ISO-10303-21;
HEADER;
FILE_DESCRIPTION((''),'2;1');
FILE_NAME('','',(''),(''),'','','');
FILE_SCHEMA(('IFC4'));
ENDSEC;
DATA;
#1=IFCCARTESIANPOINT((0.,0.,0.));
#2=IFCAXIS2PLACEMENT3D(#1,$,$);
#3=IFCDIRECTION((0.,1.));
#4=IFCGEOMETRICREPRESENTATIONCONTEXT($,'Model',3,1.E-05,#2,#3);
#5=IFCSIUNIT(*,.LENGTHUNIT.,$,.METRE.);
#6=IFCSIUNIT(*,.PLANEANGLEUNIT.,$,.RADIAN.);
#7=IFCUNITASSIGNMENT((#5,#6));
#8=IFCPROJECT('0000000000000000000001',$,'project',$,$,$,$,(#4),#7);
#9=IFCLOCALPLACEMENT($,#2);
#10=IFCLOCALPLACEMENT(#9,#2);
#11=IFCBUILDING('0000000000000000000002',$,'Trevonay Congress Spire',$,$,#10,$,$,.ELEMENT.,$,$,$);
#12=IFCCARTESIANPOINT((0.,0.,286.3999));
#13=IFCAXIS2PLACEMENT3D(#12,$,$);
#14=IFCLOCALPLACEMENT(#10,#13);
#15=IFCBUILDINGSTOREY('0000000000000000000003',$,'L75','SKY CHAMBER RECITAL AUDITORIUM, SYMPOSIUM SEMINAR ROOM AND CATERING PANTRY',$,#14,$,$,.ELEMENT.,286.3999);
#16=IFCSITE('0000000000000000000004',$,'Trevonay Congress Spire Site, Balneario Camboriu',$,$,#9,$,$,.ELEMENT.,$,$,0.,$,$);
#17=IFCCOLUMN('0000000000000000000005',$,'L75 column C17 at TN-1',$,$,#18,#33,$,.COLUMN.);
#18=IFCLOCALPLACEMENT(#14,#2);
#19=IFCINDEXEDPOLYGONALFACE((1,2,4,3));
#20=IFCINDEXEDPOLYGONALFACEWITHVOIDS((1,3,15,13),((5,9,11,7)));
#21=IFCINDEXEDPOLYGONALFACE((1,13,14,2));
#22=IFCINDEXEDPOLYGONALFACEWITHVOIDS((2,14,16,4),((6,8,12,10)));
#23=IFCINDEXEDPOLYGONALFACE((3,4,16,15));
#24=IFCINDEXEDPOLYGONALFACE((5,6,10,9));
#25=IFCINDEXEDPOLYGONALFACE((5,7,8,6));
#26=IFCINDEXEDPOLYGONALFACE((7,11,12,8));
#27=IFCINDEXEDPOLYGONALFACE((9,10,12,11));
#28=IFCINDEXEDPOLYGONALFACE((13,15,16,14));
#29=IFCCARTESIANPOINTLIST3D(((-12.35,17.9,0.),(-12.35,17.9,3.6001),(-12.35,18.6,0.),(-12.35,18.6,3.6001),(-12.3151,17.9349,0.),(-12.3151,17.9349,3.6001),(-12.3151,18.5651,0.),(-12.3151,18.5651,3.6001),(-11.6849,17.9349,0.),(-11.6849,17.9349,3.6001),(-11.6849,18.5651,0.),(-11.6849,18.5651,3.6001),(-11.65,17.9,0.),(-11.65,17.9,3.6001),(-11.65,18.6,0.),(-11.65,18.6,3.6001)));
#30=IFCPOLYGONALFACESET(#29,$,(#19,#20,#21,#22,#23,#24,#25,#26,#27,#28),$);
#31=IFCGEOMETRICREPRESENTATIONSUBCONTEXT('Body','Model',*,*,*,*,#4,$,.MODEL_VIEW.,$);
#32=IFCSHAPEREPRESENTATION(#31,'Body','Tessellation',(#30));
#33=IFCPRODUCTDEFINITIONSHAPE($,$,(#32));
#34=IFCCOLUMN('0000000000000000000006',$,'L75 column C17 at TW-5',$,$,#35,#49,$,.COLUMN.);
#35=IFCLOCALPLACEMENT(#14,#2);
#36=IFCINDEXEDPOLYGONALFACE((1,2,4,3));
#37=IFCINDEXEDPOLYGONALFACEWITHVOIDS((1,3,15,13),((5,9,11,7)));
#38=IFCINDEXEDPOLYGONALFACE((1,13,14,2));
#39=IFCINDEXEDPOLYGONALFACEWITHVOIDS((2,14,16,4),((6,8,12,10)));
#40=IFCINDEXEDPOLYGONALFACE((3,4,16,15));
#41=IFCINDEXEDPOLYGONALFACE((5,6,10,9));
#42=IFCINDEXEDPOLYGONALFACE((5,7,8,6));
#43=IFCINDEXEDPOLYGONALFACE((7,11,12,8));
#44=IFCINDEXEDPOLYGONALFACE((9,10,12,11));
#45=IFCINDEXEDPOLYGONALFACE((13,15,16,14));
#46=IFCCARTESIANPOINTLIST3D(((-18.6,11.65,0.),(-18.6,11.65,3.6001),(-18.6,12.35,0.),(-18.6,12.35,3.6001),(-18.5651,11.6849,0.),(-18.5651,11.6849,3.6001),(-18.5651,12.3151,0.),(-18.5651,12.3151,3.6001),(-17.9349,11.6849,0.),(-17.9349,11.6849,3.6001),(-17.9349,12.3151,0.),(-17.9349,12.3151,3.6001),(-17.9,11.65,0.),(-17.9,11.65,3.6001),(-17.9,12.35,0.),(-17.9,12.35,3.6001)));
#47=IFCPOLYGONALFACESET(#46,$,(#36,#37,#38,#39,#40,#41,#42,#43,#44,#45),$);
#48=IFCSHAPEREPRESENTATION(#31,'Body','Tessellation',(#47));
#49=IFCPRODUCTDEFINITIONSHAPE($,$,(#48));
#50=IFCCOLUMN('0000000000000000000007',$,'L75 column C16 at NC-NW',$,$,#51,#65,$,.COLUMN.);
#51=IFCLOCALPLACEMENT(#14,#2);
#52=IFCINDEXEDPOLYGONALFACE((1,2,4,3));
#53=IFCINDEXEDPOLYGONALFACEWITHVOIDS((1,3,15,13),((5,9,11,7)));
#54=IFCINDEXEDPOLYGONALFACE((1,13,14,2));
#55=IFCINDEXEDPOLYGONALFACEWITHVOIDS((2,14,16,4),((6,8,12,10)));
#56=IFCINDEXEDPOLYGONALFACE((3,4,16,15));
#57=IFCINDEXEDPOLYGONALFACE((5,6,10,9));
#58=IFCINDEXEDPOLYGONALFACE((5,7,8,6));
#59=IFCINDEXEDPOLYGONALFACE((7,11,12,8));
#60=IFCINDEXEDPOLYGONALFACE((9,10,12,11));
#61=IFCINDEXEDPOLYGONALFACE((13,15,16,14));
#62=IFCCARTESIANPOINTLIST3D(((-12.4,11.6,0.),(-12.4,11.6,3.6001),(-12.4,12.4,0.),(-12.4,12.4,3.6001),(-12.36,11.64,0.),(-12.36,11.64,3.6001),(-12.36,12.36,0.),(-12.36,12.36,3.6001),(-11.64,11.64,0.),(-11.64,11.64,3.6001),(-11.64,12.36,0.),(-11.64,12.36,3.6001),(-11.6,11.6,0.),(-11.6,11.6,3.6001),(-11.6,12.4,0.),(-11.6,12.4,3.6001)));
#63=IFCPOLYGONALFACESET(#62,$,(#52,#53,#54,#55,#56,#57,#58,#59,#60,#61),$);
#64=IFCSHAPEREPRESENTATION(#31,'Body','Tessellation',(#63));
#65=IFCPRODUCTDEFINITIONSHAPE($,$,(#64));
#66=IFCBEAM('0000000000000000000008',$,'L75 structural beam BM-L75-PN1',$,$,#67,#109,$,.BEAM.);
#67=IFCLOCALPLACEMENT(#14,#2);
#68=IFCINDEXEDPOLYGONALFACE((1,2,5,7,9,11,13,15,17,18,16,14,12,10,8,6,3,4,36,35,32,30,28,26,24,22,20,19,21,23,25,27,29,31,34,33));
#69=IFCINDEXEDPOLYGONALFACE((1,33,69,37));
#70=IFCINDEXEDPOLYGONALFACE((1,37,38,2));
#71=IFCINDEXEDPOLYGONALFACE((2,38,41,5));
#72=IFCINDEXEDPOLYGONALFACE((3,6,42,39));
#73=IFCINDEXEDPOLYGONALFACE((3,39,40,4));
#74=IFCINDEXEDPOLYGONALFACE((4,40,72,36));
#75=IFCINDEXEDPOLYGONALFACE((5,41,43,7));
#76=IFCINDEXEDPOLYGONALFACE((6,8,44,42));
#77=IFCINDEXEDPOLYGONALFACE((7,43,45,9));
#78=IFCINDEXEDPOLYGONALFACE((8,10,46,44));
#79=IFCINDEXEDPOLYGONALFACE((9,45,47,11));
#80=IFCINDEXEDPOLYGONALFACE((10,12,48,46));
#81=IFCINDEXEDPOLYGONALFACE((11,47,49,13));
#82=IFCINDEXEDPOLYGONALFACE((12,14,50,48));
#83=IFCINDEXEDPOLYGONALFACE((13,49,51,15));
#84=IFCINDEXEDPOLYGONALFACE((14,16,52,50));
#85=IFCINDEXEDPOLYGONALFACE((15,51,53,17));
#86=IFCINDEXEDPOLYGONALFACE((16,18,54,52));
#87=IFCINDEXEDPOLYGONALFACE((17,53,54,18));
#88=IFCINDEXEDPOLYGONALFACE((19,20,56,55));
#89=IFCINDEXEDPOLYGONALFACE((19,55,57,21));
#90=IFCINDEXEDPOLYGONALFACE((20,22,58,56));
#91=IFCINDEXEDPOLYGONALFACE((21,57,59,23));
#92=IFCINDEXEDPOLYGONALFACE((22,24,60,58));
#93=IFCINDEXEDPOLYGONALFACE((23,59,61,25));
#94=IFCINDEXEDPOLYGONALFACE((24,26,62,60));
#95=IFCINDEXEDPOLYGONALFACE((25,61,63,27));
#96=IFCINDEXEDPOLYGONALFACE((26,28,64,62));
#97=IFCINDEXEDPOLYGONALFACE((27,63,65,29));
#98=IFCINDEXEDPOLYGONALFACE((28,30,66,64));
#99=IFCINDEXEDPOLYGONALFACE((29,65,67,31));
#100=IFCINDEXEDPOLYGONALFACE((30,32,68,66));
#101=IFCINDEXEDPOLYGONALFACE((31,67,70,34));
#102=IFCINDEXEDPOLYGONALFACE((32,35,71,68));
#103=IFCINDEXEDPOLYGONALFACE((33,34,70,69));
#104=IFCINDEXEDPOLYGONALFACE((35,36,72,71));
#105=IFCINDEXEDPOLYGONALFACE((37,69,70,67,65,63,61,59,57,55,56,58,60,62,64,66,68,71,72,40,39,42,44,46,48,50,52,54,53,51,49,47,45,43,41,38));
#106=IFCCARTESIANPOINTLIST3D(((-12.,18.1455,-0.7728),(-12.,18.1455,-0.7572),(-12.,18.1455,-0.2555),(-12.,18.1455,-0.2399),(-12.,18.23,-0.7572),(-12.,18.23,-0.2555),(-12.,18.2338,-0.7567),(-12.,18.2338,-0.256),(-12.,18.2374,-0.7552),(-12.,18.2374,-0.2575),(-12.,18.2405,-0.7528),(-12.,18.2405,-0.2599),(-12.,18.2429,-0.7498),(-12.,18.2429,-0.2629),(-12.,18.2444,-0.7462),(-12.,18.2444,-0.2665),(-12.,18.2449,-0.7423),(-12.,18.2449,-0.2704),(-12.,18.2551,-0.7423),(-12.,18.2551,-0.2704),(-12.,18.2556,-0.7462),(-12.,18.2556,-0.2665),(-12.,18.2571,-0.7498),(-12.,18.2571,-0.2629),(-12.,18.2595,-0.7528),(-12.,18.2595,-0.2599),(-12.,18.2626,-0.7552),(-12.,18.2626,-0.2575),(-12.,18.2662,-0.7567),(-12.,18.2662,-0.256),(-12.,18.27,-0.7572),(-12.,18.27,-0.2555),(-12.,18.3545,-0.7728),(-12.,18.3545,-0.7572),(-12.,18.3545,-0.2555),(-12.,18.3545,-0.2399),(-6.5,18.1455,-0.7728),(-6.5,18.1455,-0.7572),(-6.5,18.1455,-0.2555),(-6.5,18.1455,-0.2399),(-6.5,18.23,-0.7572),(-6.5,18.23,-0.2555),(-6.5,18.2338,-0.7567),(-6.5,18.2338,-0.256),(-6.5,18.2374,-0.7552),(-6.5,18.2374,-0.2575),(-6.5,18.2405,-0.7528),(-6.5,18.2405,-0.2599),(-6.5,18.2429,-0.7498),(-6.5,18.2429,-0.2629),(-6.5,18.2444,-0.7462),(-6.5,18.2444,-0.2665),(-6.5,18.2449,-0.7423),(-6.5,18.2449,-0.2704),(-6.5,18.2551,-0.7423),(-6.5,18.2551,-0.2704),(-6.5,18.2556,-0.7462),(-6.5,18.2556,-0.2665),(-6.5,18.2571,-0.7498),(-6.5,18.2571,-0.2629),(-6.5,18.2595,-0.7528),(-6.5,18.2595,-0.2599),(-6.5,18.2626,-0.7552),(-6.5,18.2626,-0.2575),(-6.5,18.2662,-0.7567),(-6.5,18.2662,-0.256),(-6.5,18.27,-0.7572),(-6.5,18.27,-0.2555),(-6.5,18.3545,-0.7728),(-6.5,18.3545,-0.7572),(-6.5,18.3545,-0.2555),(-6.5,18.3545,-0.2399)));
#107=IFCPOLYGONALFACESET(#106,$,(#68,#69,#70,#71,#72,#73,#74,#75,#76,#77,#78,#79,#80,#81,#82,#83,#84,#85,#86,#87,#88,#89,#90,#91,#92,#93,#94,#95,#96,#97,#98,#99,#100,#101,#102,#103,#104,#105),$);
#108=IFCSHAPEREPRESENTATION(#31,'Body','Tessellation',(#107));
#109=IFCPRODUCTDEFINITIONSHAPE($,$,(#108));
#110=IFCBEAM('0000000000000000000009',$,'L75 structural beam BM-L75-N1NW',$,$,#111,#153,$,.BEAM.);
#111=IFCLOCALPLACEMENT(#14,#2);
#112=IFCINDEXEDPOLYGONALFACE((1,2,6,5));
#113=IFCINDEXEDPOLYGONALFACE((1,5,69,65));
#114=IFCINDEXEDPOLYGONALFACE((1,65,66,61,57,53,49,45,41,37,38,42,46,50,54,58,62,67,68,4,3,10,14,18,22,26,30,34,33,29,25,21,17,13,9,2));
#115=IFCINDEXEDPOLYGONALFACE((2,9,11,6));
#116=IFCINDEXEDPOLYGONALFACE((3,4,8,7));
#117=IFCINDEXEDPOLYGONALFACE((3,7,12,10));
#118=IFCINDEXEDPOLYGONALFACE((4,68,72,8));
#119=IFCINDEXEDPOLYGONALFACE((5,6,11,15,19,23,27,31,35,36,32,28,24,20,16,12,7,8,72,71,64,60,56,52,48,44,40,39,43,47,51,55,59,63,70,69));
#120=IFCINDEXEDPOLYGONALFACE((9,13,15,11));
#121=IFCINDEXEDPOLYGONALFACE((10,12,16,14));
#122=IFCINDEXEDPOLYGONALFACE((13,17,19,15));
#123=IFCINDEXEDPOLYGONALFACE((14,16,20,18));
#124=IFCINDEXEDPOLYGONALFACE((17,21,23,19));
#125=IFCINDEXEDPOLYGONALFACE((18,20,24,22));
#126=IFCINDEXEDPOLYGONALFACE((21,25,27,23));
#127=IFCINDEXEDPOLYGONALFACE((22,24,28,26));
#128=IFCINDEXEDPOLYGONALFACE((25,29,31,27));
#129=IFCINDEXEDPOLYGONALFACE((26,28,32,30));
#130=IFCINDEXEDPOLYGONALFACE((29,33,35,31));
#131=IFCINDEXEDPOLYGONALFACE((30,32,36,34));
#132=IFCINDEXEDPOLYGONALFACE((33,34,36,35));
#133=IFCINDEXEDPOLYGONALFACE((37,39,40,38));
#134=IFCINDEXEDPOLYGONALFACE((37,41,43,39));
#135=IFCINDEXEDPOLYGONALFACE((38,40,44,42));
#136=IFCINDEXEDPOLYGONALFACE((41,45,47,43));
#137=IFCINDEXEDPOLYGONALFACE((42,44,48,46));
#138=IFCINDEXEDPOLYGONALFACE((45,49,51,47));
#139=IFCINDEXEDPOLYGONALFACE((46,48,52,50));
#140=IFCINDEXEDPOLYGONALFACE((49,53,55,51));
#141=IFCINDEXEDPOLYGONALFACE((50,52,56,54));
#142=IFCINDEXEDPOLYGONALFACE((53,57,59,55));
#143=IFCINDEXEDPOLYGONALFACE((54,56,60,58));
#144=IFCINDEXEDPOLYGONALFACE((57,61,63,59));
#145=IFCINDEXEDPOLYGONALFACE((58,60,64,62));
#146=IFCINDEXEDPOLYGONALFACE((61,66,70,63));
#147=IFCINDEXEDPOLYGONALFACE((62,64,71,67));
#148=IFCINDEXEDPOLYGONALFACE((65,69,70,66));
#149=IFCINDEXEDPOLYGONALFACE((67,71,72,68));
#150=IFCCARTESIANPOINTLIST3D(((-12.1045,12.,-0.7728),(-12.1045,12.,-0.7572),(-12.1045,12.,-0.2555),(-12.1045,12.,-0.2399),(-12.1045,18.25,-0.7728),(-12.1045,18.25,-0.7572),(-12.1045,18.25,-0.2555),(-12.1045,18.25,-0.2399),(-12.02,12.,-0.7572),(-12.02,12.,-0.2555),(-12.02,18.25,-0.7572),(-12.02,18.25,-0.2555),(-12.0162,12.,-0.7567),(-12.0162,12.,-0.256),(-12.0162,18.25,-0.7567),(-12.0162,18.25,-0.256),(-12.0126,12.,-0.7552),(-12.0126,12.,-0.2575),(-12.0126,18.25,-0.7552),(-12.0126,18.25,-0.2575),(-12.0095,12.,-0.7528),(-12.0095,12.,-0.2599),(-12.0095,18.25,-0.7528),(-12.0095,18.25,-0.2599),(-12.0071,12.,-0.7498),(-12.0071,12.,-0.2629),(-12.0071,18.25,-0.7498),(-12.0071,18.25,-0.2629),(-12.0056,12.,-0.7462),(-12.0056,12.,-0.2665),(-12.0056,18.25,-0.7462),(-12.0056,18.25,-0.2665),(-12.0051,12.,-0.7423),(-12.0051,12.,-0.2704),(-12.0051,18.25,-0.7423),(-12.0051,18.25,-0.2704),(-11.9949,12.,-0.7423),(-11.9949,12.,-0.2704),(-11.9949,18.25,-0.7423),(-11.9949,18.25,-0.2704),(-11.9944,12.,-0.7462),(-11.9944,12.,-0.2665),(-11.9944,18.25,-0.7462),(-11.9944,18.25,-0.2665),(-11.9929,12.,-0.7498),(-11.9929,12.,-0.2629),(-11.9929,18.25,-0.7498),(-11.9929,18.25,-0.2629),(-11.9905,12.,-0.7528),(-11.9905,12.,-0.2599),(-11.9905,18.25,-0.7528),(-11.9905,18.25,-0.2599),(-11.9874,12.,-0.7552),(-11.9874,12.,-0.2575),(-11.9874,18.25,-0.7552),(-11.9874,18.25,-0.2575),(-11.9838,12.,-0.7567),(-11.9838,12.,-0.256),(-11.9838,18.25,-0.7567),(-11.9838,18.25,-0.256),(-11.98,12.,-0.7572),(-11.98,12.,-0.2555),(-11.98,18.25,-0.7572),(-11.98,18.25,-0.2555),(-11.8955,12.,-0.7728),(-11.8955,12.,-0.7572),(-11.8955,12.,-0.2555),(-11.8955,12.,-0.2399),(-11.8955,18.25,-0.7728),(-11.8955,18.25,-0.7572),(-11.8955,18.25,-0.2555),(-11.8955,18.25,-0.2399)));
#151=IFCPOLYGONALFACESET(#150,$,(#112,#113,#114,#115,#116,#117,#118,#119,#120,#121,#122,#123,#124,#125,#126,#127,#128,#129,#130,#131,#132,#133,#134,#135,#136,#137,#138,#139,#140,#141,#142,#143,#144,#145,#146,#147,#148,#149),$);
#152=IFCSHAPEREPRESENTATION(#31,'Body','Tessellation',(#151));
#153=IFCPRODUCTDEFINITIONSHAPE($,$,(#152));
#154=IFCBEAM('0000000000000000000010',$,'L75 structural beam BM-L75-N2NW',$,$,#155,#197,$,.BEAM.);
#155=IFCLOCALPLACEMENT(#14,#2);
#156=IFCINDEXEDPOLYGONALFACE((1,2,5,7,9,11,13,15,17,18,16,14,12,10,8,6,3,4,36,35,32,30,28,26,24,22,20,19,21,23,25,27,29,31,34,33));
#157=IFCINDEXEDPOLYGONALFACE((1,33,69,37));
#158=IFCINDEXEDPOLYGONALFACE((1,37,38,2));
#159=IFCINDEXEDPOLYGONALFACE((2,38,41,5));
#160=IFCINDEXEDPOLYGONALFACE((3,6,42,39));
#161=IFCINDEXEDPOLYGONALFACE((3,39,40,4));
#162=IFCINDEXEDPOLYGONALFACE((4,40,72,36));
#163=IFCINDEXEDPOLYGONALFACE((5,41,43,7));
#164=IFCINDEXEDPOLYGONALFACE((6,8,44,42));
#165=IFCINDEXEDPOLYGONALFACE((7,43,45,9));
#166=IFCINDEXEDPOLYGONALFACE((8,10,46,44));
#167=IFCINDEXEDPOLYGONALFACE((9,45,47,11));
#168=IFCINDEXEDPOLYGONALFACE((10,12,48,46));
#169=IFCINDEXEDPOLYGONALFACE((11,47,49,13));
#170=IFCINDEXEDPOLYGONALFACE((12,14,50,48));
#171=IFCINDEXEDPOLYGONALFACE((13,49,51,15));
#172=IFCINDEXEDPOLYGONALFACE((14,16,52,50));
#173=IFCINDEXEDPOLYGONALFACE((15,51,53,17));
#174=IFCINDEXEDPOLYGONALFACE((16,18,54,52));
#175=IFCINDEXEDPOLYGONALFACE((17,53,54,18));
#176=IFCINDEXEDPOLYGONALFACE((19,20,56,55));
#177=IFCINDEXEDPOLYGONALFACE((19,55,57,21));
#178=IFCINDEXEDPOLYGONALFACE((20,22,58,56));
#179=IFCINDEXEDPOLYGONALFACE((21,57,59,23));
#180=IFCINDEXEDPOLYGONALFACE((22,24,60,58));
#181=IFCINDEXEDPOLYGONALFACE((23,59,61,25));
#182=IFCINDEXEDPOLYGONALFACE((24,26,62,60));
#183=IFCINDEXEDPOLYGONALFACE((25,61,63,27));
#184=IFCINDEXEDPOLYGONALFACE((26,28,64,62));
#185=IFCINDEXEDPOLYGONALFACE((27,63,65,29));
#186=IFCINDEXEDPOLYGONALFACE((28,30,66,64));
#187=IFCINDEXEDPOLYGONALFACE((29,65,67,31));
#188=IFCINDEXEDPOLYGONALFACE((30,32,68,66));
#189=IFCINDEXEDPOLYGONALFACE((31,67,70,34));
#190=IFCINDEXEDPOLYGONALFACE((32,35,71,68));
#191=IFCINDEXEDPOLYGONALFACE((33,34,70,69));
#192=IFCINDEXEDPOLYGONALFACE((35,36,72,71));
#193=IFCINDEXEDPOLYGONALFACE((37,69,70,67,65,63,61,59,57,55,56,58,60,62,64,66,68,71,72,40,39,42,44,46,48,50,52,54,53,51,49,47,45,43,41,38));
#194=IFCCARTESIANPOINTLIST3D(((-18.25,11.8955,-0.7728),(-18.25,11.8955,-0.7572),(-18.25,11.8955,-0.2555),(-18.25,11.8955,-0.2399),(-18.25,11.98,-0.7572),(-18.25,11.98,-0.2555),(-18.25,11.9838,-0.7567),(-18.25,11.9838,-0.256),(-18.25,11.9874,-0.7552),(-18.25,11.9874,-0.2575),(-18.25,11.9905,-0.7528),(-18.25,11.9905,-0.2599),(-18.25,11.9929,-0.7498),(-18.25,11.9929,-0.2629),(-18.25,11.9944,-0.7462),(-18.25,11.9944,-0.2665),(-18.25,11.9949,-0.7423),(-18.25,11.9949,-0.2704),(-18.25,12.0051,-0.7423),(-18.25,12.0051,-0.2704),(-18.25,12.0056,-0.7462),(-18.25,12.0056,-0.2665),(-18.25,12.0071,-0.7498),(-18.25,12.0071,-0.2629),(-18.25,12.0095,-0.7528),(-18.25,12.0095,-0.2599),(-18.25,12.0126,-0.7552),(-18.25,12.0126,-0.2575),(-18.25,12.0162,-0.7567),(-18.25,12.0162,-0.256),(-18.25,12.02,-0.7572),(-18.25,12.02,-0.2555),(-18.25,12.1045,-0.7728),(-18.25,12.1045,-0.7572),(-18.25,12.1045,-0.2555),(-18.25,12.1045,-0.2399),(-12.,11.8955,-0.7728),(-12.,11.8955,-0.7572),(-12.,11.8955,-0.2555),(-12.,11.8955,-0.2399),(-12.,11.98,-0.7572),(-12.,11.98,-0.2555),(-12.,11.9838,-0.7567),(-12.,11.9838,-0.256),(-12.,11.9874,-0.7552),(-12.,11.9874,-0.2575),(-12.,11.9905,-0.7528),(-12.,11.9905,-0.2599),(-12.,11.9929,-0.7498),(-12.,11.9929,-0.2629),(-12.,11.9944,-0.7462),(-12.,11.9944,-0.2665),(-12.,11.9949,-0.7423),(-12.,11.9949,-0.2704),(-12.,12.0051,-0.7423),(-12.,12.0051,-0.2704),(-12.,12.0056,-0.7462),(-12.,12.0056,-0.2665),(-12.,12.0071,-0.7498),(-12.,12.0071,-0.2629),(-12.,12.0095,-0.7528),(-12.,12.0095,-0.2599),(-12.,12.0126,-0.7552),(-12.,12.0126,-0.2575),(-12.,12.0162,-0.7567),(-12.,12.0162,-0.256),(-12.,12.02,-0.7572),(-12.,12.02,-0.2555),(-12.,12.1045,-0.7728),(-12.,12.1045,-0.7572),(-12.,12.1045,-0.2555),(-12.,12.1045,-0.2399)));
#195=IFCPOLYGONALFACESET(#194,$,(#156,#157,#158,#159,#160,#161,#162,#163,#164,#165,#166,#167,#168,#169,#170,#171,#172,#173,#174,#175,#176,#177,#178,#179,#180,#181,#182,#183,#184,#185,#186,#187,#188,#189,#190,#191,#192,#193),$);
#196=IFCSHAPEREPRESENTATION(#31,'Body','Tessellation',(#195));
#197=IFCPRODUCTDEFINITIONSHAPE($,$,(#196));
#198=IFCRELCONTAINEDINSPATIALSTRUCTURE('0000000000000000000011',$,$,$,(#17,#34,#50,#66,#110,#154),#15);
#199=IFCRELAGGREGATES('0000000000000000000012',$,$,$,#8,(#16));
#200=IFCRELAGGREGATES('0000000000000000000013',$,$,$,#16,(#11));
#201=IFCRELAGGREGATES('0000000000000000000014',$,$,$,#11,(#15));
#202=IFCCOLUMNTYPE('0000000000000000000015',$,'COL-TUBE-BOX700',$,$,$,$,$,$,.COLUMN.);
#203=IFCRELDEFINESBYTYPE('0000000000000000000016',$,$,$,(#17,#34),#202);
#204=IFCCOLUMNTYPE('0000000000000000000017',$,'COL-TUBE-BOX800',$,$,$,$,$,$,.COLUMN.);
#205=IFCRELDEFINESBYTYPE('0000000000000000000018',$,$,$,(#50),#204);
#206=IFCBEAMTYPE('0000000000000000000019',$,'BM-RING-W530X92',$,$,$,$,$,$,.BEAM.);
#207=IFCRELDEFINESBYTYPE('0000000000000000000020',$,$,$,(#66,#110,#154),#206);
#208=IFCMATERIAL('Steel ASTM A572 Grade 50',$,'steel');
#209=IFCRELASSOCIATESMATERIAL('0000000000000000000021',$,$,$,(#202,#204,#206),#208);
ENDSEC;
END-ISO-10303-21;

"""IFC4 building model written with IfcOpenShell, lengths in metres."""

from ifc_helpers import new_model, si_unit, direction, frame, origin, origin_2d, place, context, subcontext, project, spatial, hollow_rectangle, i_section, extrude, material, material_profile, profile_set, type_object, element, save


model = new_model("IFC4")

# Units and contexts
model_context = context("Model", 3, precision=1e-05, world=origin(), true_north=direction((0.0, 1.0)))
body_context = subcontext(model_context, "Body", "Model", "MODEL_VIEW")
ifc_project = project(units=[si_unit("LENGTHUNIT", "METRE"), si_unit("PLANEANGLEUNIT", "RADIAN")], contexts=[model_context])

# Site, building, storey
site_placement = place(None, origin())
site = spatial("IfcSite", under=ifc_project, at=site_placement, Name="Trevonay Congress Spire Site, Balneario Camboriu", CompositionType="ELEMENT", RefElevation=0.0)
building_placement = place(site_placement, origin())
building = spatial("IfcBuilding", under=site, at=building_placement, Name="Trevonay Congress Spire", CompositionType="ELEMENT")
storey_placement = place(building_placement, frame((0.0, 0.0, 286.3999)))
storey = spatial("IfcBuildingStorey", under=building, at=storey_placement, Name="L75", Description="SKY CHAMBER RECITAL AUDITORIUM, SYMPOSIUM SEMINAR ROOM AND CATERING PANTRY", CompositionType="ELEMENT", Elevation=286.3999)

# Columns
ifc_material_1 = material(Name="Steel ASTM A572 Grade 50", Category="steel")
ifc_material_profile_1 = material_profile(ifc_material_1, hollow_rectangle(XDim=0.7, YDim=0.7, WallThickness=0.0349, at=origin_2d()), Name="BOX 700x700x35")
ifc_profile_set_1 = profile_set([ifc_material_profile_1], Name="Steel ASTM A572 Grade 50")
column_type_1 = type_object("IfcColumnType", Name="COL-TUBE-BOX700", PredefinedType="COLUMN", material=ifc_profile_set_1)
for number, where, z_axis, x_axis, name in (
    (1, (-12.0, 18.25, 0.0), (0.0, 0.0, 1.0), (1.0, 0.0, 0.0), "L75 column C17 at TN-1"),
    (2, (-18.25, 12.0, 0.0), (0.0, 0.0, 1.0), (1.0, 0.0, 0.0), "L75 column C17 at TW-5"),
):
    element("IfcColumn", number, at=place(storey_placement, frame(where, z_axis=z_axis, x_axis=x_axis)), inside=storey, type_object=column_type_1, Name=name, PredefinedType="COLUMN", context=body_context, shape_type="SweptSolid", body=[
        extrude(hollow_rectangle(XDim=0.7, YDim=0.7, WallThickness=0.0349, at=origin_2d()), origin(), (0.0, 0.0, 1.0), 3.6001),
    ])
ifc_material_profile_2 = material_profile(ifc_material_1, hollow_rectangle(XDim=0.8, YDim=0.8, WallThickness=0.04, at=origin_2d()), Name="BOX 800x800x40")
ifc_profile_set_2 = profile_set([ifc_material_profile_2], Name="Steel ASTM A572 Grade 50")
column_type_2 = type_object("IfcColumnType", Name="COL-TUBE-BOX800", PredefinedType="COLUMN", material=ifc_profile_set_2)
column_placement = place(storey_placement, frame((-12.0, 12.0, 0.0), z_axis=(0.0, 0.0, 1.0), x_axis=(1.0, 0.0, 0.0)))
element("IfcColumn", 3, at=column_placement, inside=storey, type_object=column_type_2, Name="L75 column C16 at NC-NW", PredefinedType="COLUMN", context=body_context, shape_type="SweptSolid", body=[
    extrude(hollow_rectangle(XDim=0.8, YDim=0.8, WallThickness=0.04, at=origin_2d()), origin(), (0.0, 0.0, 1.0), 3.6001),
])

# Beams
ifc_material_profile_3 = material_profile(ifc_material_1, i_section(OverallWidth=0.209, OverallDepth=0.533, WebThickness=0.0103, FlangeThickness=0.0156, FilletRadius=0.0149, at=origin_2d()), Name="W530x92")
ifc_profile_set_3 = profile_set([ifc_material_profile_3], Name="Steel ASTM A572 Grade 50")
beam_type_1 = type_object("IfcBeamType", Name="BM-RING-W530X92", PredefinedType="BEAM", material=ifc_profile_set_3)
beam_1_placement = place(storey_placement, frame((-12.0, 18.25, -0.5063), z_axis=(1.0, 0.0, 0.0), x_axis=(0.0, 1.0, 0.0)))
element("IfcBeam", 4, at=beam_1_placement, inside=storey, type_object=beam_type_1, Name="L75 structural beam BM-L75-PN1", PredefinedType="BEAM", context=body_context, shape_type="SweptSolid", body=[
    extrude(i_section(OverallWidth=0.209, OverallDepth=0.533, WebThickness=0.0103, FlangeThickness=0.0156, FilletRadius=0.0149, at=origin_2d()), origin(), (0.0, 0.0, 1.0), 5.5),
])
for number, where, z_axis, x_axis, name in (
    (5, (-12.0, 18.25, -0.5063), (0.0, -1.0, 0.0), (1.0, 0.0, 0.0), "L75 structural beam BM-L75-N1NW"),
    (6, (-18.25, 12.0, -0.5063), (1.0, 0.0, 0.0), (0.0, 1.0, 0.0), "L75 structural beam BM-L75-N2NW"),
):
    element("IfcBeam", number, at=place(storey_placement, frame(where, z_axis=z_axis, x_axis=x_axis)), inside=storey, type_object=beam_type_1, Name=name, PredefinedType="BEAM", context=body_context, shape_type="SweptSolid", body=[
        extrude(i_section(OverallWidth=0.209, OverallDepth=0.533, WebThickness=0.0103, FlangeThickness=0.0156, FilletRadius=0.0149, at=origin_2d()), origin(), (0.0, 0.0, 1.0), 6.25),
    ])

save(model, "model.ifc")
